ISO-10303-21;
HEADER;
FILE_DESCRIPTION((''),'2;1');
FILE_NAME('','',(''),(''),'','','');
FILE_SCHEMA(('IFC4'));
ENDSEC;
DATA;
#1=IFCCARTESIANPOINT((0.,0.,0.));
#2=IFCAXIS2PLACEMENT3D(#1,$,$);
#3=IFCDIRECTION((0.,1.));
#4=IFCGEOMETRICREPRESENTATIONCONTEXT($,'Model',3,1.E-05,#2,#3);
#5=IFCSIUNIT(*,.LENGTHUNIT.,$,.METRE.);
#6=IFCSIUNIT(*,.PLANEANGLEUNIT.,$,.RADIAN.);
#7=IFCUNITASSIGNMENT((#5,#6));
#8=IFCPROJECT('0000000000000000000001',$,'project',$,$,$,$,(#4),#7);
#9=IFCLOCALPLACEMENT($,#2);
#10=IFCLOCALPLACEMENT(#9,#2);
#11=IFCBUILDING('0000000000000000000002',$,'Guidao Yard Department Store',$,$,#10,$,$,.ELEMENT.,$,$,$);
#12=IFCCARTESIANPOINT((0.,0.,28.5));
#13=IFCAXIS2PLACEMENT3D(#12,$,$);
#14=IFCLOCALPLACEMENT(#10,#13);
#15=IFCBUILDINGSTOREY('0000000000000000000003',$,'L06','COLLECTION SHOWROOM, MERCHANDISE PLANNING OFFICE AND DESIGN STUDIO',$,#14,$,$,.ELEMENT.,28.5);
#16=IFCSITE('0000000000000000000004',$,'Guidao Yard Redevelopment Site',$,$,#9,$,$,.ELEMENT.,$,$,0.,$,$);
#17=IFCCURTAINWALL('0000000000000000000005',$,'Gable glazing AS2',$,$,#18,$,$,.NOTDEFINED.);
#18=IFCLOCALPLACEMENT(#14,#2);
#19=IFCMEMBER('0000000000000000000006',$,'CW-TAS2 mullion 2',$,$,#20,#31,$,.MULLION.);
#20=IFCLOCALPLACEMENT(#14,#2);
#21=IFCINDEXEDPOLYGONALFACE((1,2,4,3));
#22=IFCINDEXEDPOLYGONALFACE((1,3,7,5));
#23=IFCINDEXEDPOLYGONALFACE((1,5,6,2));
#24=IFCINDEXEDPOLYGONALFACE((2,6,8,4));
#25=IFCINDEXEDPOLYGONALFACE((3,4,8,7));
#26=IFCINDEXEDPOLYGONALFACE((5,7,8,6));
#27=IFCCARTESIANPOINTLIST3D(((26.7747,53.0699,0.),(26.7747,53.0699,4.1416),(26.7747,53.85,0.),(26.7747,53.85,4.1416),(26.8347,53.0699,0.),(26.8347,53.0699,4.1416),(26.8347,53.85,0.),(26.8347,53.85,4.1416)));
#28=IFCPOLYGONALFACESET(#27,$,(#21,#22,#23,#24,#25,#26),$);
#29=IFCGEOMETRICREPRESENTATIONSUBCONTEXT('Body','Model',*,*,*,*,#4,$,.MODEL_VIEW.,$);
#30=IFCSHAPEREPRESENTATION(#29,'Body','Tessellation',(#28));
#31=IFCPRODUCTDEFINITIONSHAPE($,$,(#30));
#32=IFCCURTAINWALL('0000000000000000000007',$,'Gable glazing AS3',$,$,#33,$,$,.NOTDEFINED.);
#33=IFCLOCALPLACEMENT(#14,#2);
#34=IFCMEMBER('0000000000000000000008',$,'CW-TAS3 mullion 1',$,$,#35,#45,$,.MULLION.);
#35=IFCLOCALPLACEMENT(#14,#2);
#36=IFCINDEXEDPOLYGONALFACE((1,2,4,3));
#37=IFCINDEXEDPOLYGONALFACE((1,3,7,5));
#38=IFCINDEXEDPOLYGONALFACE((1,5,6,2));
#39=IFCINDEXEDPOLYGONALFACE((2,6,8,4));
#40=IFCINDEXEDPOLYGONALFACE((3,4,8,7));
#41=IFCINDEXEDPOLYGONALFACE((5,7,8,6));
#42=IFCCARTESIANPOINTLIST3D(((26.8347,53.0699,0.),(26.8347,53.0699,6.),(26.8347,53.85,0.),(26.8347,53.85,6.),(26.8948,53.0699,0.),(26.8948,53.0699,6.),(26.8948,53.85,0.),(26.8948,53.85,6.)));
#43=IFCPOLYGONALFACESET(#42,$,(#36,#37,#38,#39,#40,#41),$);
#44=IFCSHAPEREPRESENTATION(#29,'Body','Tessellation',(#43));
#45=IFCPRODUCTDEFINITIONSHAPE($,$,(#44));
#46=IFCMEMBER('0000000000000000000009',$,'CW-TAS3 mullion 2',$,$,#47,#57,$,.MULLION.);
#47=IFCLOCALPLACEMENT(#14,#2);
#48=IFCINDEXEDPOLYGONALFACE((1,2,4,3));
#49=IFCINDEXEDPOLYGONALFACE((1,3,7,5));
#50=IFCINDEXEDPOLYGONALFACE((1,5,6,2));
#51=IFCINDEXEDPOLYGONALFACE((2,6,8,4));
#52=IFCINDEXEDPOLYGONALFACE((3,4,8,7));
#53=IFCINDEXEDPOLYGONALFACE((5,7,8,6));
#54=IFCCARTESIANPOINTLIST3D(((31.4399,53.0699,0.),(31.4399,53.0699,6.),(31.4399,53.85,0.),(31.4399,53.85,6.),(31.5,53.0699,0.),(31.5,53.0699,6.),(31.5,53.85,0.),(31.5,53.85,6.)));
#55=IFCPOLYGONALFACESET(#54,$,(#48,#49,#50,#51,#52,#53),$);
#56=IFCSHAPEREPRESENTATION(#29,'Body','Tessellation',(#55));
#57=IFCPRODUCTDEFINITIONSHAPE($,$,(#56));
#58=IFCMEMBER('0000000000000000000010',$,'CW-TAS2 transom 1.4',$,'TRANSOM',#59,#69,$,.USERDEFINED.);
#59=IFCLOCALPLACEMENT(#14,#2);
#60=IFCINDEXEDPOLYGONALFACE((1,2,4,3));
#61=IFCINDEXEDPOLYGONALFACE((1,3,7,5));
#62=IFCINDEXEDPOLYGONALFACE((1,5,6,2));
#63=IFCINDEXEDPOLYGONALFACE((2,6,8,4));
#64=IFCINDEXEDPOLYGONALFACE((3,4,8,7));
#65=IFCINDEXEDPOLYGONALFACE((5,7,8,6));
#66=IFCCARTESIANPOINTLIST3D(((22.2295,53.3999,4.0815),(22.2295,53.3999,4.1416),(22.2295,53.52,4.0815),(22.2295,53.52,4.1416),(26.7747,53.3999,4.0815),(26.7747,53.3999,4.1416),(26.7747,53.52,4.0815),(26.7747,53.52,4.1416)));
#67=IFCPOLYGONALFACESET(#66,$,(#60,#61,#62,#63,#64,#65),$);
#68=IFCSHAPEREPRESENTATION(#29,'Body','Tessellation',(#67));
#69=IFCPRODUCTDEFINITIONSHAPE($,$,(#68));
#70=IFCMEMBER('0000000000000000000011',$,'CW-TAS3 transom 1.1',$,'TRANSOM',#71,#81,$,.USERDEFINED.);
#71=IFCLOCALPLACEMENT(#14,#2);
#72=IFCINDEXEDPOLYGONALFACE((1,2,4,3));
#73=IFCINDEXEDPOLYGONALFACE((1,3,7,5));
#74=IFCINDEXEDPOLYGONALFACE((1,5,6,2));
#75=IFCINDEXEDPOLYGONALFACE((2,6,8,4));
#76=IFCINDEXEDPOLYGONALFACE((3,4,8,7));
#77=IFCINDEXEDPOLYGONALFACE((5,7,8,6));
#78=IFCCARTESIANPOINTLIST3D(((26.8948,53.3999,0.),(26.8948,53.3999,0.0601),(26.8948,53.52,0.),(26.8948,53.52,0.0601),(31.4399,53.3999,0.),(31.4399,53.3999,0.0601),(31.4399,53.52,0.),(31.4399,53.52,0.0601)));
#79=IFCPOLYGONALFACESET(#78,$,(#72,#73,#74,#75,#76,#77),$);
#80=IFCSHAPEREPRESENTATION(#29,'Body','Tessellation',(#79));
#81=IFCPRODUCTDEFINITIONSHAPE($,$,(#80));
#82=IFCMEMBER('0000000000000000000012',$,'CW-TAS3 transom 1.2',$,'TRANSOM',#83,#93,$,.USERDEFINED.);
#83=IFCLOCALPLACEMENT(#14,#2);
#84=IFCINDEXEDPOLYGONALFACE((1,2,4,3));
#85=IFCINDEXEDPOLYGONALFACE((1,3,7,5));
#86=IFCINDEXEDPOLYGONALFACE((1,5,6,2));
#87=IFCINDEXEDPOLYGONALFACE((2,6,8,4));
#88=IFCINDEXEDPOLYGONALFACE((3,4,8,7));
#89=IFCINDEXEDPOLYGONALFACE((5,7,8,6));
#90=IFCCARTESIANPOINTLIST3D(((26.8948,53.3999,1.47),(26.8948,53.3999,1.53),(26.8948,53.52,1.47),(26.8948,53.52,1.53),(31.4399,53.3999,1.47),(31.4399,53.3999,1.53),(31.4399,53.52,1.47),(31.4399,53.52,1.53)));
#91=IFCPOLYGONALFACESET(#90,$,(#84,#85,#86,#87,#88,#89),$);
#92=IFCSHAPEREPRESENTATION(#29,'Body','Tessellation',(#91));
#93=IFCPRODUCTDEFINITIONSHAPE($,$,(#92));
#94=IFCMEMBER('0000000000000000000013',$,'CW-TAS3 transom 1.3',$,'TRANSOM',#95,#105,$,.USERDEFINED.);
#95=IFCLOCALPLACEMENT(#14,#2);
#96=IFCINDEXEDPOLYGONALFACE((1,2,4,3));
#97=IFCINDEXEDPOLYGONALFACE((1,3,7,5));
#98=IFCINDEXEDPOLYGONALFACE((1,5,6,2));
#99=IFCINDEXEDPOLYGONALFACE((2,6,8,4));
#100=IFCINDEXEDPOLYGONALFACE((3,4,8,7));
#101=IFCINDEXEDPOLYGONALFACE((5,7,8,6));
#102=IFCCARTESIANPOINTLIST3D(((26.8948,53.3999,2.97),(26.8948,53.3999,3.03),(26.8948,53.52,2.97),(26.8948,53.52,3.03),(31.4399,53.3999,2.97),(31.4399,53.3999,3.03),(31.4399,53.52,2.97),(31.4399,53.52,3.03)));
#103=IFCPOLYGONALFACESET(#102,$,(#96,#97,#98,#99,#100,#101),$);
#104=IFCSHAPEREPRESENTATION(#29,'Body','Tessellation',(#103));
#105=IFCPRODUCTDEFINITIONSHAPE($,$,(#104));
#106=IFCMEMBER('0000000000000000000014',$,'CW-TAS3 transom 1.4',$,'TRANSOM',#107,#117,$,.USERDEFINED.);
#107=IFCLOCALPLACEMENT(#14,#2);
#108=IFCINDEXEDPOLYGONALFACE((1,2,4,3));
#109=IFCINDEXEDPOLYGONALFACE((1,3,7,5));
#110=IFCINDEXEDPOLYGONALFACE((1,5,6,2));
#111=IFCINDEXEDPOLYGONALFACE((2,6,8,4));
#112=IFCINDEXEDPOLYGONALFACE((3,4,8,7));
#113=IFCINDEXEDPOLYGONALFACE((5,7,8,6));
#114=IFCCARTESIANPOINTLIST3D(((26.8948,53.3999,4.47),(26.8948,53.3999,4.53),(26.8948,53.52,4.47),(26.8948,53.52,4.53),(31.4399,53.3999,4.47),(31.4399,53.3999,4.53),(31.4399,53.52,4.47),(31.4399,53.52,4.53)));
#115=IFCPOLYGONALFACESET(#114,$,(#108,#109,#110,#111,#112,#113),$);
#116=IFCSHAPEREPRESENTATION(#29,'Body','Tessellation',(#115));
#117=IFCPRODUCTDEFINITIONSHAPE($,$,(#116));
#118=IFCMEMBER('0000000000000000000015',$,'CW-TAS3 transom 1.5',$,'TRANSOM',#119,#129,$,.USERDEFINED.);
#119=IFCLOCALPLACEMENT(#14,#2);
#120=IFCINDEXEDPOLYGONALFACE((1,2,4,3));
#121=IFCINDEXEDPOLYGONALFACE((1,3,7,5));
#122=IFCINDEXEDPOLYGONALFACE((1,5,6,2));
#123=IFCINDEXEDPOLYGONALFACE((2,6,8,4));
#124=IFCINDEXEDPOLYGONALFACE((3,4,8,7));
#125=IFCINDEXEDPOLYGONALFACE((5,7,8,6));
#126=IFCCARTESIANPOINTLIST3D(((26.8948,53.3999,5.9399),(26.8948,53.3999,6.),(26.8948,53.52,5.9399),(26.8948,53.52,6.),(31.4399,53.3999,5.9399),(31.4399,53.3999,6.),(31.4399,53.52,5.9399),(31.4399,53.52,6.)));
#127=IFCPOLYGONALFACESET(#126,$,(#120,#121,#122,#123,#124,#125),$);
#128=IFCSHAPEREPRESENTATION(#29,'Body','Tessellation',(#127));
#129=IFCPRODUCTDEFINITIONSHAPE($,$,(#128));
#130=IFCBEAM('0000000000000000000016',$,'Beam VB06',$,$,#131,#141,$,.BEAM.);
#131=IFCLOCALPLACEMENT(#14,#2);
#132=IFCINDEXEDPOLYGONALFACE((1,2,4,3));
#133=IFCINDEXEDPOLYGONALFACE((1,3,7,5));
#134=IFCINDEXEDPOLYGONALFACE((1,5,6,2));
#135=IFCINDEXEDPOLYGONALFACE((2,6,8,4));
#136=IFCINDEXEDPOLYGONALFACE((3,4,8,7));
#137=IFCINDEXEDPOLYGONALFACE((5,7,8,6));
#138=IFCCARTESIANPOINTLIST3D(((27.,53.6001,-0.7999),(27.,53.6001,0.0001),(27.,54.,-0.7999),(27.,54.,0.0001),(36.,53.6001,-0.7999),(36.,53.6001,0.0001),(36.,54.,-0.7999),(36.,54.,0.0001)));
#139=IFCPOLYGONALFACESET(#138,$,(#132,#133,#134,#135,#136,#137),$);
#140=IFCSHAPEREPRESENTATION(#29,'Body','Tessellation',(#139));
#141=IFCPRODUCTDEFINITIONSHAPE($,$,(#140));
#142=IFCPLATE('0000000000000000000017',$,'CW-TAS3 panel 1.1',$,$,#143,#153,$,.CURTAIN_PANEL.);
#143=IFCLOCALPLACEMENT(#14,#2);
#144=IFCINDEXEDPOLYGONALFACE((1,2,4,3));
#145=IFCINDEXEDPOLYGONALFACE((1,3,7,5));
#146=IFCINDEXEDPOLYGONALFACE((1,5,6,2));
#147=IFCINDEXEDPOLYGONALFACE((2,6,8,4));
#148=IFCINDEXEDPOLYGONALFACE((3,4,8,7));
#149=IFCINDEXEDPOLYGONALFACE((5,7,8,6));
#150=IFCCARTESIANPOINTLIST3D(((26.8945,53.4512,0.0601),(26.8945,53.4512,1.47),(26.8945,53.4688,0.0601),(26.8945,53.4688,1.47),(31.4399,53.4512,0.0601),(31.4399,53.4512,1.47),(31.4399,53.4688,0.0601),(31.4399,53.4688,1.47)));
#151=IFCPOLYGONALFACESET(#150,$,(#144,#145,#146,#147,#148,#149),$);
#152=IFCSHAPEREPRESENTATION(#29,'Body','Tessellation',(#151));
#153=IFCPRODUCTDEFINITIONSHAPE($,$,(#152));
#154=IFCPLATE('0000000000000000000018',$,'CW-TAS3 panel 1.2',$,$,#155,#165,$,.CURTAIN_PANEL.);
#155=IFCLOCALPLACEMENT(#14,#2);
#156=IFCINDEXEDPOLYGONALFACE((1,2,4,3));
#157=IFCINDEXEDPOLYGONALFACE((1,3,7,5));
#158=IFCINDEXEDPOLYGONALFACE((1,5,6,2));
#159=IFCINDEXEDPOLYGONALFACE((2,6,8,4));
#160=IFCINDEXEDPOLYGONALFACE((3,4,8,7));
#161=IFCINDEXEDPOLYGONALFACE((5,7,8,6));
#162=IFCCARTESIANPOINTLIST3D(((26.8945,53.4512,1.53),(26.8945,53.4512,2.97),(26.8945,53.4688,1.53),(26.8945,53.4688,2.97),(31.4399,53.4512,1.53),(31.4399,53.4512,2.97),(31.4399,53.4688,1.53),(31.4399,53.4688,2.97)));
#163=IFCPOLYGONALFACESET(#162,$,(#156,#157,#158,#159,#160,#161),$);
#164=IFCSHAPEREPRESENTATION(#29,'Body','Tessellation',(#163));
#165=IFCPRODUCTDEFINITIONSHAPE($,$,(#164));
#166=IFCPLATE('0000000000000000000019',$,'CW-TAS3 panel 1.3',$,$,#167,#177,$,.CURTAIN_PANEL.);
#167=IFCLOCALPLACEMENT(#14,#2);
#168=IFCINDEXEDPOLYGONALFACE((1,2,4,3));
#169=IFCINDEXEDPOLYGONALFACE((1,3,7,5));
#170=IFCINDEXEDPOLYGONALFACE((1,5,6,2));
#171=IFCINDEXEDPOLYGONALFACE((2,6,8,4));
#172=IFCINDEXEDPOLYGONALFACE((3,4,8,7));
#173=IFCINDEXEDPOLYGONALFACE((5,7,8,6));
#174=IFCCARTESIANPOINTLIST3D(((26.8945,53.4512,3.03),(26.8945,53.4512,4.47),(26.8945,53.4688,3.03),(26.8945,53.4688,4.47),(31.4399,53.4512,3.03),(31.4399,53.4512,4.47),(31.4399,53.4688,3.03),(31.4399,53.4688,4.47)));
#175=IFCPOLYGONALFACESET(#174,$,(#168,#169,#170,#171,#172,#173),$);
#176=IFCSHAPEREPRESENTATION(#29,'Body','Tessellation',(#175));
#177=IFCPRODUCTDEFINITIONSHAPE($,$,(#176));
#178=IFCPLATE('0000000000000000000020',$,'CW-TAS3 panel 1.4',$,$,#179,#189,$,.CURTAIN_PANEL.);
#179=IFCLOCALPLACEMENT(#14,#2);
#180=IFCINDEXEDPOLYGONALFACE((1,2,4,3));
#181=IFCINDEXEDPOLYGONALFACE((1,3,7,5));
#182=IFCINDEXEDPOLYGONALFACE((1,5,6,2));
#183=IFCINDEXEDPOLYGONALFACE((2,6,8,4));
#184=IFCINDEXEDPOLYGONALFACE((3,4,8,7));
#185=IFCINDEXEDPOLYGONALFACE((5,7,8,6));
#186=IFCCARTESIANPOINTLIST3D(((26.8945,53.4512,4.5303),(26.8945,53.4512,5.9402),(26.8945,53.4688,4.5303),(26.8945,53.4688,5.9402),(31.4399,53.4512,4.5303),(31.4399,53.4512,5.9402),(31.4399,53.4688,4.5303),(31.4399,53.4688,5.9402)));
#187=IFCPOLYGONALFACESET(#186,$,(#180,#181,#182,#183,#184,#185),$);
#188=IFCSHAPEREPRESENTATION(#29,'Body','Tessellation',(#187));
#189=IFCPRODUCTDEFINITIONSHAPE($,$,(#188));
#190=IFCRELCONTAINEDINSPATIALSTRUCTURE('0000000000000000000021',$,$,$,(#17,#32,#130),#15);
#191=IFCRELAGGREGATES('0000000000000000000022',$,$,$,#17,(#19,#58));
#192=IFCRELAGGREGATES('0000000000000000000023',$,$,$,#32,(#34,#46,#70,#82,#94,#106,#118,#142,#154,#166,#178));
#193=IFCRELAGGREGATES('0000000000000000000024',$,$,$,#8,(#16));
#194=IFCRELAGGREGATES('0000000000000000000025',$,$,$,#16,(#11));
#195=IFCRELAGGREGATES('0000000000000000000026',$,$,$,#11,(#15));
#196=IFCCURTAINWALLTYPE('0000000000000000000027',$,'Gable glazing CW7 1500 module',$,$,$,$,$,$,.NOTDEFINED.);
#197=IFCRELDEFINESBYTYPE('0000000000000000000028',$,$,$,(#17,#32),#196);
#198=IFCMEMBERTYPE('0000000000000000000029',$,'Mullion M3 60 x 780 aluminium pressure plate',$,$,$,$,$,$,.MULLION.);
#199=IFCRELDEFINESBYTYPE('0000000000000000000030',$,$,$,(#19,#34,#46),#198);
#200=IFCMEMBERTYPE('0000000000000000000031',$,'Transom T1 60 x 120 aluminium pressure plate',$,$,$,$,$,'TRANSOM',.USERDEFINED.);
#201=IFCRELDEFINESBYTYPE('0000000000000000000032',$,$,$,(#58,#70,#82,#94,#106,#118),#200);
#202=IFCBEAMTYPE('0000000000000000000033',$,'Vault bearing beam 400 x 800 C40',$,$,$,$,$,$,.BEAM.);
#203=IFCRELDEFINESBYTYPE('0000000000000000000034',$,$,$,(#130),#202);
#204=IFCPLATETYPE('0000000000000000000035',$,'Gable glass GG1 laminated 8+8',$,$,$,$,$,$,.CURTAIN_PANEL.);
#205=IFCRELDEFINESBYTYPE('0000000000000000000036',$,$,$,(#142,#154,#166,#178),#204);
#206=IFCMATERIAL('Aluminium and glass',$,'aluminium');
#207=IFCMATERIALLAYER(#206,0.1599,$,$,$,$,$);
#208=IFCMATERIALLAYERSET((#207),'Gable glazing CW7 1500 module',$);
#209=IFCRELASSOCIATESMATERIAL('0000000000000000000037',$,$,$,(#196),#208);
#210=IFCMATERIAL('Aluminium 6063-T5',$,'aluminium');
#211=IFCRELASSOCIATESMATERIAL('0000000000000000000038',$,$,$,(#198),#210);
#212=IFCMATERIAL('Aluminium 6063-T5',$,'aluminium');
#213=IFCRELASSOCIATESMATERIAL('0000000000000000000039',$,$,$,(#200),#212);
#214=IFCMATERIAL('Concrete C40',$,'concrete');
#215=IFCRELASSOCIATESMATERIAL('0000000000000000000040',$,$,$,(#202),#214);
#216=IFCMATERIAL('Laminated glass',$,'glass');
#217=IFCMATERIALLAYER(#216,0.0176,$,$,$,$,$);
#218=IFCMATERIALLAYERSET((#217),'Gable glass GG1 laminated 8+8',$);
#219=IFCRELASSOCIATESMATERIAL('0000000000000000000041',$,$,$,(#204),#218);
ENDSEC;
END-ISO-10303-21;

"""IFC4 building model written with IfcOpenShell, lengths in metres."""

from ifc_helpers import new_model, si_unit, direction, frame, origin, origin_2d, place, context, subcontext, project, spatial, rectangle, extrude, material, layer, layer_set, material_profile, profile_set, type_object, element, aggregate, save


model = new_model("IFC4")

# Units and contexts
model_context = context("Model", 3, precision=1e-05, world=origin(), true_north=direction((0.0, 1.0)))
body_context = subcontext(model_context, "Body", "Model", "MODEL_VIEW")
ifc_project = project(units=[si_unit("LENGTHUNIT", "METRE"), si_unit("PLANEANGLEUNIT", "RADIAN")], contexts=[model_context])

# Site, building, storey
site_placement = place(None, origin())
site = spatial("IfcSite", under=ifc_project, at=site_placement, Name="Guidao Yard Redevelopment Site", CompositionType="ELEMENT", RefElevation=0.0)
building_placement = place(site_placement, origin())
building = spatial("IfcBuilding", under=site, at=building_placement, Name="Guidao Yard Department Store", CompositionType="ELEMENT")
storey_placement = place(building_placement, frame((0.0, 0.0, 28.5)))
storey = spatial("IfcBuildingStorey", under=building, at=storey_placement, Name="L06", Description="COLLECTION SHOWROOM, MERCHANDISE PLANNING OFFICE AND DESIGN STUDIO", CompositionType="ELEMENT", Elevation=28.5)

# Curtain wall, member
ifc_material_1 = material(Name="Aluminium and glass", Category="aluminium")
ifc_layer_1 = layer(ifc_material_1, 0.1599)
ifc_layer_set_1 = layer_set([ifc_layer_1], Name="Gable glazing CW7 1500 module")
curtain_wall_type = type_object("IfcCurtainWallType", Name="Gable glazing CW7 1500 module", PredefinedType="NOTDEFINED", material=ifc_layer_set_1)
curtain_wall_1_placement = place(storey_placement, origin())
curtain_wall_1 = element("IfcCurtainWall", 1, at=curtain_wall_1_placement, inside=storey, type_object=curtain_wall_type, Name="Gable glazing AS2", PredefinedType="NOTDEFINED")
ifc_material_2 = material(Name="Aluminium 6063-T5", Category="aluminium")
ifc_material_profile_1 = material_profile(ifc_material_2, rectangle(XDim=0.0601, YDim=0.78, at=origin_2d()), Name="Mullion M3 60 x 780 aluminium pressure plate")
ifc_profile_set_1 = profile_set([ifc_material_profile_1], Name="Aluminium 6063-T5")
member_type_1 = type_object("IfcMemberType", Name="Mullion M3 60 x 780 aluminium pressure plate", PredefinedType="MULLION", material=ifc_profile_set_1)
member_1_placement = place(storey_placement, frame((26.8047, 53.46, 0.0), z_axis=(0.0, 0.0, 1.0), x_axis=(-1.0, 0.0, 0.0)))
member_1 = element("IfcMember", 2, at=member_1_placement, type_object=member_type_1, Name="CW-TAS2 mullion 2", PredefinedType="MULLION", context=body_context, shape_type="SweptSolid", body=[
    extrude(rectangle(XDim=0.0601, YDim=0.78, at=origin_2d()), origin(), (0.0, 0.0, 1.0), 4.1416),
])

# Curtain wall, members
curtain_wall_2_placement = place(storey_placement, origin())
curtain_wall_2 = element("IfcCurtainWall", 3, at=curtain_wall_2_placement, inside=storey, type_object=curtain_wall_type, Name="Gable glazing AS3", PredefinedType="NOTDEFINED")
member_2_placement = place(storey_placement, frame((26.8647, 53.46, 0.0), z_axis=(0.0, 0.0, 1.0), x_axis=(-1.0, 0.0, 0.0)))
member_2 = element("IfcMember", 4, at=member_2_placement, type_object=member_type_1, Name="CW-TAS3 mullion 1", PredefinedType="MULLION", context=body_context, shape_type="SweptSolid", body=[
    extrude(rectangle(XDim=0.0601, YDim=0.78, at=origin_2d()), origin(), (0.0, 0.0, 1.0), 6.0),
])
member_3_placement = place(storey_placement, frame((31.47, 53.46, 0.0), z_axis=(0.0, 0.0, 1.0), x_axis=(-1.0, 0.0, 0.0)))
member_3 = element("IfcMember", 5, at=member_3_placement, type_object=member_type_1, Name="CW-TAS3 mullion 2", PredefinedType="MULLION", context=body_context, shape_type="SweptSolid", body=[
    extrude(rectangle(XDim=0.0601, YDim=0.78, at=origin_2d()), origin(), (0.0, 0.0, 1.0), 6.0),
])

# Members
ifc_material_3 = material(Name="Aluminium 6063-T5", Category="aluminium")
ifc_material_profile_2 = material_profile(ifc_material_3, rectangle(XDim=0.1201, YDim=0.0601, at=origin_2d()), Name="Transom T1 60 x 120 aluminium pressure plate")
ifc_profile_set_2 = profile_set([ifc_material_profile_2], Name="Aluminium 6063-T5")
member_type_2 = type_object("IfcMemberType", Name="Transom T1 60 x 120 aluminium pressure plate", ElementType="TRANSOM", PredefinedType="USERDEFINED", material=ifc_profile_set_2)
member_4_placement = place(storey_placement, frame((26.7747, 53.46, 4.1116), z_axis=(-1.0, 0.0, 0.0), x_axis=(0.0, -1.0, 0.0)))
member_4 = element("IfcMember", 6, at=member_4_placement, type_object=member_type_2, Name="CW-TAS2 transom 1.4", ObjectType="TRANSOM", PredefinedType="USERDEFINED", context=body_context, shape_type="SweptSolid", body=[
    extrude(rectangle(XDim=0.1201, YDim=0.0601, at=origin_2d()), origin(), (0.0, 0.0, 1.0), 4.5452),
])
aggregate(curtain_wall_1, [member_1, member_4])
member_5_placement = place(storey_placement, frame((31.4399, 53.46, 0.03), z_axis=(-1.0, 0.0, 0.0), x_axis=(0.0, -1.0, 0.0)))
member_5 = element("IfcMember", 7, at=member_5_placement, type_object=member_type_2, Name="CW-TAS3 transom 1.1", ObjectType="TRANSOM", PredefinedType="USERDEFINED", context=body_context, shape_type="SweptSolid", body=[
    extrude(rectangle(XDim=0.1201, YDim=0.0601, at=origin_2d()), origin(), (0.0, 0.0, 1.0), 4.5452),
])
member_6_placement = place(storey_placement, frame((31.4399, 53.46, 1.5), z_axis=(-1.0, 0.0, 0.0), x_axis=(0.0, -1.0, 0.0)))
member_6 = element("IfcMember", 8, at=member_6_placement, type_object=member_type_2, Name="CW-TAS3 transom 1.2", ObjectType="TRANSOM", PredefinedType="USERDEFINED", context=body_context, shape_type="SweptSolid", body=[
    extrude(rectangle(XDim=0.1201, YDim=0.0601, at=origin_2d()), origin(), (0.0, 0.0, 1.0), 4.5452),
])
member_7_placement = place(storey_placement, frame((31.4399, 53.46, 3.0), z_axis=(-1.0, 0.0, 0.0), x_axis=(0.0, -1.0, 0.0)))
member_7 = element("IfcMember", 9, at=member_7_placement, type_object=member_type_2, Name="CW-TAS3 transom 1.3", ObjectType="TRANSOM", PredefinedType="USERDEFINED", context=body_context, shape_type="SweptSolid", body=[
    extrude(rectangle(XDim=0.1201, YDim=0.0601, at=origin_2d()), origin(), (0.0, 0.0, 1.0), 4.5452),
])
member_8_placement = place(storey_placement, frame((31.4399, 53.46, 4.5), z_axis=(-1.0, 0.0, 0.0), x_axis=(0.0, -1.0, 0.0)))
member_8 = element("IfcMember", 10, at=member_8_placement, type_object=member_type_2, Name="CW-TAS3 transom 1.4", ObjectType="TRANSOM", PredefinedType="USERDEFINED", context=body_context, shape_type="SweptSolid", body=[
    extrude(rectangle(XDim=0.1201, YDim=0.0601, at=origin_2d()), origin(), (0.0, 0.0, 1.0), 4.5452),
])
member_9_placement = place(storey_placement, frame((31.4399, 53.46, 5.97), z_axis=(-1.0, 0.0, 0.0), x_axis=(0.0, -1.0, 0.0)))
member_9 = element("IfcMember", 11, at=member_9_placement, type_object=member_type_2, Name="CW-TAS3 transom 1.5", ObjectType="TRANSOM", PredefinedType="USERDEFINED", context=body_context, shape_type="SweptSolid", body=[
    extrude(rectangle(XDim=0.1201, YDim=0.0601, at=origin_2d()), origin(), (0.0, 0.0, 1.0), 4.5452),
])

# Beam
ifc_material_4 = material(Name="Concrete C40", Category="concrete")
ifc_material_profile_3 = material_profile(ifc_material_4, rectangle(XDim=0.3999, YDim=0.8, at=origin_2d()), Name="Vault bearing beam 400 x 800 C40")
ifc_profile_set_3 = profile_set([ifc_material_profile_3], Name="Concrete C40")
beam_type = type_object("IfcBeamType", Name="Vault bearing beam 400 x 800 C40", PredefinedType="BEAM", material=ifc_profile_set_3)
beam_placement = place(storey_placement, frame((27.0, 53.8, -0.3999), z_axis=(1.0, 0.0, 0.0), x_axis=(0.0, 1.0, 0.0)))
element("IfcBeam", 12, at=beam_placement, inside=storey, type_object=beam_type, Name="Beam VB06", PredefinedType="BEAM", context=body_context, shape_type="SweptSolid", body=[
    extrude(rectangle(XDim=0.3999, YDim=0.8, at=origin_2d()), origin(), (0.0, 0.0, 1.0), 9.0),
])

# Plates
ifc_material_5 = material(Name="Laminated glass", Category="glass")
ifc_layer_2 = layer(ifc_material_5, 0.0176)
ifc_layer_set_2 = layer_set([ifc_layer_2], Name="Gable glass GG1 laminated 8+8")
plate_type = type_object("IfcPlateType", Name="Gable glass GG1 laminated 8+8", PredefinedType="CURTAIN_PANEL", material=ifc_layer_set_2)
plate_1_placement = place(storey_placement, frame((29.1672, 53.46, 0.0601), z_axis=(0.0, 0.0, 1.0), x_axis=(-1.0, 0.0, 0.0)))
plate_1 = element("IfcPlate", 13, at=plate_1_placement, type_object=plate_type, Name="CW-TAS3 panel 1.1", PredefinedType="CURTAIN_PANEL", context=body_context, shape_type="SweptSolid", body=[
    extrude(rectangle(XDim=4.5454, YDim=0.0176, at=origin_2d()), origin(), (0.0, 0.0, 1.0), 1.4099),
])
plate_2_placement = place(storey_placement, frame((29.1672, 53.46, 1.53), z_axis=(0.0, 0.0, 1.0), x_axis=(-1.0, 0.0, 0.0)))
plate_2 = element("IfcPlate", 14, at=plate_2_placement, type_object=plate_type, Name="CW-TAS3 panel 1.2", PredefinedType="CURTAIN_PANEL", context=body_context, shape_type="SweptSolid", body=[
    extrude(rectangle(XDim=4.5454, YDim=0.0176, at=origin_2d()), origin(), (0.0, 0.0, 1.0), 1.4399),
])
plate_3_placement = place(storey_placement, frame((29.1672, 53.46, 3.03), z_axis=(0.0, 0.0, 1.0), x_axis=(-1.0, 0.0, 0.0)))
plate_3 = element("IfcPlate", 15, at=plate_3_placement, type_object=plate_type, Name="CW-TAS3 panel 1.3", PredefinedType="CURTAIN_PANEL", context=body_context, shape_type="SweptSolid", body=[
    extrude(rectangle(XDim=4.5454, YDim=0.0176, at=origin_2d()), origin(), (0.0, 0.0, 1.0), 1.4399),
])
plate_4_placement = place(storey_placement, frame((29.1672, 53.46, 4.5303), z_axis=(0.0, 0.0, 1.0), x_axis=(-1.0, 0.0, 0.0)))
plate_4 = element("IfcPlate", 16, at=plate_4_placement, type_object=plate_type, Name="CW-TAS3 panel 1.4", PredefinedType="CURTAIN_PANEL", context=body_context, shape_type="SweptSolid", body=[
    extrude(rectangle(XDim=4.5454, YDim=0.0176, at=origin_2d()), origin(), (0.0, 0.0, 1.0), 1.4099),
])
aggregate(curtain_wall_2, [member_2, member_3, member_5, member_6, member_7, member_8, member_9, plate_1, plate_2, plate_3, plate_4])

save(model, "model.ifc")
